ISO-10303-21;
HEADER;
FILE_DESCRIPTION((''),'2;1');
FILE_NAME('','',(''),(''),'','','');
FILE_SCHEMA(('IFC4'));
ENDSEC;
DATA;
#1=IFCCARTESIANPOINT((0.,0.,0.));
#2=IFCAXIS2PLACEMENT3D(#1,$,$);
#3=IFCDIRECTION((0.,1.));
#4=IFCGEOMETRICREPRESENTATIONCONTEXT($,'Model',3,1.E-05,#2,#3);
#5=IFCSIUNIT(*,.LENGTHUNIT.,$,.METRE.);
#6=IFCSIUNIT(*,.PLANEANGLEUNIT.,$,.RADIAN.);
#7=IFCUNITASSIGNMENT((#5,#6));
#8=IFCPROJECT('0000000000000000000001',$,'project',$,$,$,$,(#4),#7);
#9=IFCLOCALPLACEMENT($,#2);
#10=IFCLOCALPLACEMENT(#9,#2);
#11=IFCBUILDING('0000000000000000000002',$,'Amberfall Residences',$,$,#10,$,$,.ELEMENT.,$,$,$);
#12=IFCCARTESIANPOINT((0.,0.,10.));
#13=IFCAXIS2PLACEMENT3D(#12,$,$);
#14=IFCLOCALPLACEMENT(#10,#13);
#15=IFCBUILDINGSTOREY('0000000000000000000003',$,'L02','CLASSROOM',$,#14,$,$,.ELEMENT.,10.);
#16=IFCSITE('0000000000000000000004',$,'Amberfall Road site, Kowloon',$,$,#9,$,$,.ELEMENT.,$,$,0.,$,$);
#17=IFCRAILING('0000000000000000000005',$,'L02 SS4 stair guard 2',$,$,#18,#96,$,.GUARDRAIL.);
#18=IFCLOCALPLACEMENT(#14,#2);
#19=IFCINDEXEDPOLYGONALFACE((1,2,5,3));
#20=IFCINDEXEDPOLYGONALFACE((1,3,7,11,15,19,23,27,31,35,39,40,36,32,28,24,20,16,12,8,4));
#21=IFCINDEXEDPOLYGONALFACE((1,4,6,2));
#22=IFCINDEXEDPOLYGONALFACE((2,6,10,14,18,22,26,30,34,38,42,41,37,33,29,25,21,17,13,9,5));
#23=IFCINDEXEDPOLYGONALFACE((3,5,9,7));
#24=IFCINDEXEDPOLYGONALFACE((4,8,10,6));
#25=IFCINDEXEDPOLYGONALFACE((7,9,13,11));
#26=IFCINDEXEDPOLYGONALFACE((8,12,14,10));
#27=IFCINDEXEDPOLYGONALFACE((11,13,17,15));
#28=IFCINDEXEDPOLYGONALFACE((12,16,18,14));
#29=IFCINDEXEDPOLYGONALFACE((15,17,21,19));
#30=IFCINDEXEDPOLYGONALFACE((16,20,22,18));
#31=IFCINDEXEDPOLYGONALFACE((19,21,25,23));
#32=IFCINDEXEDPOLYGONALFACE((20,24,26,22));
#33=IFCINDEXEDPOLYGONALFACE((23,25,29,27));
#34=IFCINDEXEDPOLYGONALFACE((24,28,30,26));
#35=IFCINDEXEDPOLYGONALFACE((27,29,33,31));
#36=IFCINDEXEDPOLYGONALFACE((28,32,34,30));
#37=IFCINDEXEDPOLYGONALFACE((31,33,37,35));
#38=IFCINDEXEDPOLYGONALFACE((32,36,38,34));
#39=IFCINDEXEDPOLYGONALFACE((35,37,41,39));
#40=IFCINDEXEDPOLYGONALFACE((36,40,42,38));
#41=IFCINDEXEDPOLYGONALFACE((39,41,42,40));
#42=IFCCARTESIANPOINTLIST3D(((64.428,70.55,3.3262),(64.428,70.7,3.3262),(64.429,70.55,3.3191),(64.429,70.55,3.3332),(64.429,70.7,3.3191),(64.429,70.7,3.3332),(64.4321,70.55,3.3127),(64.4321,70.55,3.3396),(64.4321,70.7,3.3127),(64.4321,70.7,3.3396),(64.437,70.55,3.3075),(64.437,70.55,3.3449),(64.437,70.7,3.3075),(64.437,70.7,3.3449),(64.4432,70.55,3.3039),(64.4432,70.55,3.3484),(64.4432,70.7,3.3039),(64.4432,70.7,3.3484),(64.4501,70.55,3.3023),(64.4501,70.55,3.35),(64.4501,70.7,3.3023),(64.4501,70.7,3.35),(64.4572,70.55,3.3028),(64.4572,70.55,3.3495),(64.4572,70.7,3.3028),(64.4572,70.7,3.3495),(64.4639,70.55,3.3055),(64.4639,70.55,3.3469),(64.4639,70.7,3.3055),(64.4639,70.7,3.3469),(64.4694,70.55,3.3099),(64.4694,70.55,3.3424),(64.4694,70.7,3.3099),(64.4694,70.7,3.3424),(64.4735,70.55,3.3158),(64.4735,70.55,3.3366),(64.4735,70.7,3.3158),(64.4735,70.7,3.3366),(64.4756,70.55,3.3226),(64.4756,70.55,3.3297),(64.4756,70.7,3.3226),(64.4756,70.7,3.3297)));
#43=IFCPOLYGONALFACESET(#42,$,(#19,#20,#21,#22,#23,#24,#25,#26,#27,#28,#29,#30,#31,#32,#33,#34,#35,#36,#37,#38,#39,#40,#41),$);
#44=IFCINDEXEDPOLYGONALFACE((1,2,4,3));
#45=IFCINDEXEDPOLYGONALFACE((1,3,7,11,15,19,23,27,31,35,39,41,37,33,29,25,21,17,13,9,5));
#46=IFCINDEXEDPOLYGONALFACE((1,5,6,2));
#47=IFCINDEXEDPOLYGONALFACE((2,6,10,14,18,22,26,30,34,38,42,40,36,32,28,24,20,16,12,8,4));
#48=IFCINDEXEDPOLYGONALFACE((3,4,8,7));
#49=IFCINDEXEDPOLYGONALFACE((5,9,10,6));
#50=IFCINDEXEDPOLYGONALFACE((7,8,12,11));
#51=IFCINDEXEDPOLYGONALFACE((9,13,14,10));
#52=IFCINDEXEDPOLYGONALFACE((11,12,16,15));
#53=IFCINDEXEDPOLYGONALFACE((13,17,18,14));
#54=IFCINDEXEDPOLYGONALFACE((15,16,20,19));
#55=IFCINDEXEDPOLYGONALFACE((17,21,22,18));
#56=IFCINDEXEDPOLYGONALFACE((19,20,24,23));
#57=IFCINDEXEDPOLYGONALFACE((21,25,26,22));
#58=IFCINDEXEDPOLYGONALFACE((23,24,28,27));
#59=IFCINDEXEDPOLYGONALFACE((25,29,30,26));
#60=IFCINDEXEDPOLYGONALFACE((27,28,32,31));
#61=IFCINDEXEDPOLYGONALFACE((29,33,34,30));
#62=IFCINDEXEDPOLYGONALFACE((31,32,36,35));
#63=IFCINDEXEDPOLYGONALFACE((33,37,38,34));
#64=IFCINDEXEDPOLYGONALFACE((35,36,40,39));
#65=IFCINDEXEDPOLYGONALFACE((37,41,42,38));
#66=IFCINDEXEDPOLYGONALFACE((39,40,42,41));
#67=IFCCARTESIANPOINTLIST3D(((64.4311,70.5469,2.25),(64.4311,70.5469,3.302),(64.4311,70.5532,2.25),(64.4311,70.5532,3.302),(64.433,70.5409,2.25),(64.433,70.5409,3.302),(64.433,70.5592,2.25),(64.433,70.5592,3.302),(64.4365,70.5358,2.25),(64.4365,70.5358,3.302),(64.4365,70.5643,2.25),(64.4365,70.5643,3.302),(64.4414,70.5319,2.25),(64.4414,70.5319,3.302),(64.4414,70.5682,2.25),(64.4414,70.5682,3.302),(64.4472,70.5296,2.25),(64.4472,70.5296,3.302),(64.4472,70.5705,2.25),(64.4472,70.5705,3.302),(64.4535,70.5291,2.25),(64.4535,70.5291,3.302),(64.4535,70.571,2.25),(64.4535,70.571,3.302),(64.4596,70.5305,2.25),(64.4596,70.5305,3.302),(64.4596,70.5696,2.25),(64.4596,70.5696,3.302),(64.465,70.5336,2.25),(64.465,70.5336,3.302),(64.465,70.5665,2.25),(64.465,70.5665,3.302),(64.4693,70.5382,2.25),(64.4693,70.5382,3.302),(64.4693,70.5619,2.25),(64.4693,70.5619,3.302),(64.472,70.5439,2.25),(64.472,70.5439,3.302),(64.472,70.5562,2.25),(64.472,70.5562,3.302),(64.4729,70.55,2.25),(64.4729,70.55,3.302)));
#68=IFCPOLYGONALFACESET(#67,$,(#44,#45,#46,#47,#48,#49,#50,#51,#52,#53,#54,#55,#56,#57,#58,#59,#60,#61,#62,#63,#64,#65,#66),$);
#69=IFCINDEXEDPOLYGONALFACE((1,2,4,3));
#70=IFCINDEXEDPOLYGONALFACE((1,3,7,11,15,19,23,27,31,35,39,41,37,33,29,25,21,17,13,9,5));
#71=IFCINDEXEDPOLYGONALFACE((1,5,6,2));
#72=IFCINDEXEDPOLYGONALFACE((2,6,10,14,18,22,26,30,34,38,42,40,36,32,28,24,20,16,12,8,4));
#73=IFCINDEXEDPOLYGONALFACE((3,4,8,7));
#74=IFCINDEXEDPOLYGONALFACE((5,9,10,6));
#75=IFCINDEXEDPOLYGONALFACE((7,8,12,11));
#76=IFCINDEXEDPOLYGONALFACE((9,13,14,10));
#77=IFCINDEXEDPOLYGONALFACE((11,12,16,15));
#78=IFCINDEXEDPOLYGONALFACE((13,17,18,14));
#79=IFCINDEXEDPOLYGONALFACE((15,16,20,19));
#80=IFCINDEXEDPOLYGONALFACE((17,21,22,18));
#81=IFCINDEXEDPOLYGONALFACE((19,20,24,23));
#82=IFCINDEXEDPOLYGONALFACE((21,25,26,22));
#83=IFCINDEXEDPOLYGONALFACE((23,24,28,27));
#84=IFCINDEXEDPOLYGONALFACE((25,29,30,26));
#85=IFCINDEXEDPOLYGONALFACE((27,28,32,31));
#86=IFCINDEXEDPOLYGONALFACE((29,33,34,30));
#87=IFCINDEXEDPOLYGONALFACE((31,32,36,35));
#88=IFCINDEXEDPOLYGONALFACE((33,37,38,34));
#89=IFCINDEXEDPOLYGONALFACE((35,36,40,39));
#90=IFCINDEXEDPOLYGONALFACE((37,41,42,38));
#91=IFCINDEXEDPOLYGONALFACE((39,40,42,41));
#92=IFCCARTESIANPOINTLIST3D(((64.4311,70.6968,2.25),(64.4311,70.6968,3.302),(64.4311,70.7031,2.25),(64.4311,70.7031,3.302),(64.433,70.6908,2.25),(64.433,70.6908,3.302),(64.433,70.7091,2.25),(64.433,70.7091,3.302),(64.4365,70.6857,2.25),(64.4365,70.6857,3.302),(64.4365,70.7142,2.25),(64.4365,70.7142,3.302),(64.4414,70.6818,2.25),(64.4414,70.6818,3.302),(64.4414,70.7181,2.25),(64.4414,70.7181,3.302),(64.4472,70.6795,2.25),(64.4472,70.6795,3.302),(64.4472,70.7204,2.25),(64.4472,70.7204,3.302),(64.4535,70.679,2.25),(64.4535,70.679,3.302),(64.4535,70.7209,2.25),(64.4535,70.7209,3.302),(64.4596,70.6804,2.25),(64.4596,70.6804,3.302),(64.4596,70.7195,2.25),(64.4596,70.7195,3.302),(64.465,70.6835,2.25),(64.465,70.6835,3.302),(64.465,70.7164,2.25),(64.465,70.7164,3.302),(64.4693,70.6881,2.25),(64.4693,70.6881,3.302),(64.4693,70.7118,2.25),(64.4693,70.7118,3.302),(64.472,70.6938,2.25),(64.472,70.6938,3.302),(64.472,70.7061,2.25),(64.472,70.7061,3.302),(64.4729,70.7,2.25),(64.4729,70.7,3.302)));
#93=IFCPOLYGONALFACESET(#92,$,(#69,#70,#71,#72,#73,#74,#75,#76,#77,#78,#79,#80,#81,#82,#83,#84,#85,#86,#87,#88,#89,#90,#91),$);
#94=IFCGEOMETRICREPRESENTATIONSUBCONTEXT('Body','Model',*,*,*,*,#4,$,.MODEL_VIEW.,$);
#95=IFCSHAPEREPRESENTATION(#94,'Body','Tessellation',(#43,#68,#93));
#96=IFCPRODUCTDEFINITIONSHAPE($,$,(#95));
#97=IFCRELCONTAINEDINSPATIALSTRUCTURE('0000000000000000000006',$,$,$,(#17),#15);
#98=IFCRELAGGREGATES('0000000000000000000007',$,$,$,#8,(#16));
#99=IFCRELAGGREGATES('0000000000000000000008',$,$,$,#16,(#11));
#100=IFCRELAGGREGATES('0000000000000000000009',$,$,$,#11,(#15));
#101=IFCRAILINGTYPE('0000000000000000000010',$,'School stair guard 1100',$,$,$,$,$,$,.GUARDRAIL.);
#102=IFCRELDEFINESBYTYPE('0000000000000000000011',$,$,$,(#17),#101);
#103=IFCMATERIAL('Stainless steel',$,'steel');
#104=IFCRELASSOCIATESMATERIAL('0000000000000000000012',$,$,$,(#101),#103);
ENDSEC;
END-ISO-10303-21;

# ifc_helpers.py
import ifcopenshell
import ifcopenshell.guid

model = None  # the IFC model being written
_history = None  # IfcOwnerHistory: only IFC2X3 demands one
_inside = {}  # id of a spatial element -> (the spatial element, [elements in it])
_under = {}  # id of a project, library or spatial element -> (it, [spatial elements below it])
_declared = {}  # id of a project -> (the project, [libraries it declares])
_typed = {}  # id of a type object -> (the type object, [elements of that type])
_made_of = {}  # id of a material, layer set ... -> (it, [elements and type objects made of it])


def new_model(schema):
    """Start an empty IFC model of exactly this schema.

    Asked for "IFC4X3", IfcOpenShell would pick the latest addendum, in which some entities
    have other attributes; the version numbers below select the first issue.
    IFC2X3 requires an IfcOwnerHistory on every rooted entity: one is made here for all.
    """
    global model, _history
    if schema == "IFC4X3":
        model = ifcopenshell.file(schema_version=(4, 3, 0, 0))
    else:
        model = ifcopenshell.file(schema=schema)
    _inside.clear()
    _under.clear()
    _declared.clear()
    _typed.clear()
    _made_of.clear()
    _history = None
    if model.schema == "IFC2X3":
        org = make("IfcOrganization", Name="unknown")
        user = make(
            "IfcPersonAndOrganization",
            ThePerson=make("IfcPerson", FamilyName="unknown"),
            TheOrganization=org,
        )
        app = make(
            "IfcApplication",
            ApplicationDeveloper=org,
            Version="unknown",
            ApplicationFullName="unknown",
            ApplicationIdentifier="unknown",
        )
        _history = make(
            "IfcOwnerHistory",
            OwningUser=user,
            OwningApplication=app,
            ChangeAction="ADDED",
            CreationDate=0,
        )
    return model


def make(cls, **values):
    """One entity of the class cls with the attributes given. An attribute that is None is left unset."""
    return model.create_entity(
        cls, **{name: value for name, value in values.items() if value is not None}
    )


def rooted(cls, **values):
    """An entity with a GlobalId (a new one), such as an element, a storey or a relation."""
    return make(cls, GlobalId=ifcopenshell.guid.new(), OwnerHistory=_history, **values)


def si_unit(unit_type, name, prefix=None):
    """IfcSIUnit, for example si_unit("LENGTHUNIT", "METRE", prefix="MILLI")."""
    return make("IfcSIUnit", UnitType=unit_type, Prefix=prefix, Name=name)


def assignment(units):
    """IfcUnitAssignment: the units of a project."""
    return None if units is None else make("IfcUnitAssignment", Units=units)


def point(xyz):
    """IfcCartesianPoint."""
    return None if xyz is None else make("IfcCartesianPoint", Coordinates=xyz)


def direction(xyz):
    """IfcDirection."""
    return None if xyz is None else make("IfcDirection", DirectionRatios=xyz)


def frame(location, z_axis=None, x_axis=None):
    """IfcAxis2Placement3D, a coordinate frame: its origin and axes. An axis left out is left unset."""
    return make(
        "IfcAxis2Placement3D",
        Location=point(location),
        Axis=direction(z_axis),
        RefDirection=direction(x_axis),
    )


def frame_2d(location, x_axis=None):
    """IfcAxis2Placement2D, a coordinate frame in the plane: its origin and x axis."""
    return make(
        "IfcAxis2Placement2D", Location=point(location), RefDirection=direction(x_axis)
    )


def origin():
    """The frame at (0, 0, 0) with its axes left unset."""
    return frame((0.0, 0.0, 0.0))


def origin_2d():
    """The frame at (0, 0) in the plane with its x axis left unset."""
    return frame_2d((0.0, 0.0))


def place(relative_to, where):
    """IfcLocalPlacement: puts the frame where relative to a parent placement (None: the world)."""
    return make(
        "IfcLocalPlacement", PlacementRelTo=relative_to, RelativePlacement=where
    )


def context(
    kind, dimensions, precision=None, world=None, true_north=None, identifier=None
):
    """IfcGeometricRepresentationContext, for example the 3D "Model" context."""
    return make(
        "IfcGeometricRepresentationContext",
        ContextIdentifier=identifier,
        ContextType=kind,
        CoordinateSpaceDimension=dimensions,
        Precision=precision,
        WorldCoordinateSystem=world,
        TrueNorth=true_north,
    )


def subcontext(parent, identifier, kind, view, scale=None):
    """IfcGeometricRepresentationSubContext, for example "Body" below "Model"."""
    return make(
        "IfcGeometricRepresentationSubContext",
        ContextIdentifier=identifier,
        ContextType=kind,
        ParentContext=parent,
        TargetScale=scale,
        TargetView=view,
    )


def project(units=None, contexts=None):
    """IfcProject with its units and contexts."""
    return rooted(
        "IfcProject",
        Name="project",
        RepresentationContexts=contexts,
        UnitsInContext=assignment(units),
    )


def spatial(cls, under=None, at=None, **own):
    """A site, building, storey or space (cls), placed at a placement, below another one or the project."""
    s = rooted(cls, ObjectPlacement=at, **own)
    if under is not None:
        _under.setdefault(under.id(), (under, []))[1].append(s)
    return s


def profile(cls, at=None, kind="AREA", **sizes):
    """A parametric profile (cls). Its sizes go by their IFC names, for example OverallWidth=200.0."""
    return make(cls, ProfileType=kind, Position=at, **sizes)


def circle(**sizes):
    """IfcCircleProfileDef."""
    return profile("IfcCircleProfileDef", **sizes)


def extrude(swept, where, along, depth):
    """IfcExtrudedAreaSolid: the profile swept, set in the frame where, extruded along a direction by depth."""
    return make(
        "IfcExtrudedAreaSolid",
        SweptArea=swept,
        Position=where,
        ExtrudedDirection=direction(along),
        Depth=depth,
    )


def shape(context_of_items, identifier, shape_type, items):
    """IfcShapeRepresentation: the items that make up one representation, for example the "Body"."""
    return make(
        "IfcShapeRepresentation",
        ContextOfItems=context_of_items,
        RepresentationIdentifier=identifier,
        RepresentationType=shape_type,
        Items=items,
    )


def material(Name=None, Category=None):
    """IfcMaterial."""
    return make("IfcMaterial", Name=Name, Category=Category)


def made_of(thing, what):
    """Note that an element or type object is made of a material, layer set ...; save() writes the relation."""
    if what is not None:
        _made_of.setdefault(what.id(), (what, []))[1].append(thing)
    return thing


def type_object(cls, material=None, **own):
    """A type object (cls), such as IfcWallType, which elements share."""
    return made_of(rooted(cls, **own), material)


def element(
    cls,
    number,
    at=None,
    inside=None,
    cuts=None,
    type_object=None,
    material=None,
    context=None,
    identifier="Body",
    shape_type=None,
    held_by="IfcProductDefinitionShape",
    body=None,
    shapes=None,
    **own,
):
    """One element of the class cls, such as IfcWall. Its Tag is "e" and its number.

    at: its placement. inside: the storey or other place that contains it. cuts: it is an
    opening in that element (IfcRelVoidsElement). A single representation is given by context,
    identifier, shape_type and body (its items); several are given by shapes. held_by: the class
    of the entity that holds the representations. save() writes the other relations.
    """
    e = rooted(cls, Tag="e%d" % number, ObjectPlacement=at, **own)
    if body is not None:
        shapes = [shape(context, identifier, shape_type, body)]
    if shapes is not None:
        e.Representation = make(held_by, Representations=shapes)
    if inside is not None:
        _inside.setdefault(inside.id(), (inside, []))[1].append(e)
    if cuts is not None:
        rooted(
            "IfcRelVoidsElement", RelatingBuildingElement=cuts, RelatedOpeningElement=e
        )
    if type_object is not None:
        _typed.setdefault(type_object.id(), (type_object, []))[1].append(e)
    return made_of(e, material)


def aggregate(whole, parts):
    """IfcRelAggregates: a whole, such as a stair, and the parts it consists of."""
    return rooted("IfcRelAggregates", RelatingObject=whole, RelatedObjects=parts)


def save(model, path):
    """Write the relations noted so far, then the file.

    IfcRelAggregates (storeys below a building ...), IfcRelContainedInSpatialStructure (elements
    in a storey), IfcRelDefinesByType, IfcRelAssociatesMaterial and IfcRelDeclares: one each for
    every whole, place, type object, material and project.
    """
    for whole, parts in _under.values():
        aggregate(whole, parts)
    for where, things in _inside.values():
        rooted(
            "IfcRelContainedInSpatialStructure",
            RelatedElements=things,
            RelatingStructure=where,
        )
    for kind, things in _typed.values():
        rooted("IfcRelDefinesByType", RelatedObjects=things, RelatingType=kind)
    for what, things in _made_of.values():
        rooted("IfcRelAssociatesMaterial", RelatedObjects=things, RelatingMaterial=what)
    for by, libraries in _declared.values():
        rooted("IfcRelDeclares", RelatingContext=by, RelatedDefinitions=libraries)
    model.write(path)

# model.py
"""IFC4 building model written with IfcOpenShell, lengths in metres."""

from ifc_helpers import new_model, si_unit, direction, frame, origin, origin_2d, place, context, subcontext, project, spatial, circle, extrude, material, type_object, element, save


model = new_model("IFC4")

# Units and contexts
model_context = context("Model", 3, precision=1e-05, world=origin(), true_north=direction((0.0, 1.0)))
body_context = subcontext(model_context, "Body", "Model", "MODEL_VIEW")
ifc_project = project(units=[si_unit("LENGTHUNIT", "METRE"), si_unit("PLANEANGLEUNIT", "RADIAN")], contexts=[model_context])

# Site, building, storey
site_placement = place(None, origin())
site = spatial("IfcSite", under=ifc_project, at=site_placement, Name="Amberfall Road site, Kowloon", CompositionType="ELEMENT", RefElevation=0.0)
building_placement = place(site_placement, origin())
building = spatial("IfcBuilding", under=site, at=building_placement, Name="Amberfall Residences", CompositionType="ELEMENT")
storey_placement = place(building_placement, frame((0.0, 0.0, 10.0)))
storey = spatial("IfcBuildingStorey", under=building, at=storey_placement, Name="L02", Description="CLASSROOM", CompositionType="ELEMENT", Elevation=10.0)

# Railing
ifc_material_1 = material(Name="Stainless steel", Category="steel")
railing_type_1 = type_object("IfcRailingType", Name="School stair guard 1100", PredefinedType="GUARDRAIL", material=ifc_material_1)
railing_1_placement = place(storey_placement, frame((64.4519, 70.55, 2.25)))
element("IfcRailing", 1, at=railing_1_placement, inside=storey, type_object=railing_type_1, Name="L02 SS4 stair guard 2", PredefinedType="GUARDRAIL", context=body_context, shape_type="SweptSolid", body=[
    extrude(circle(Radius=0.0239, at=origin_2d()), frame((0.0, 0.0, 1.0762), z_axis=(0.0, 1.0, 0.0), x_axis=(-1.0, 0.0, 0.0)), (0.0, 0.0, 1.0), 0.1499),
    extrude(circle(Radius=0.021, at=origin_2d()), origin(), (0.0, 0.0, 1.0), 1.052),
    extrude(circle(Radius=0.021, at=origin_2d()), frame((0.0, 0.1499, 0.0)), (0.0, 0.0, 1.0), 1.052),
])

save(model, "model.ifc")
